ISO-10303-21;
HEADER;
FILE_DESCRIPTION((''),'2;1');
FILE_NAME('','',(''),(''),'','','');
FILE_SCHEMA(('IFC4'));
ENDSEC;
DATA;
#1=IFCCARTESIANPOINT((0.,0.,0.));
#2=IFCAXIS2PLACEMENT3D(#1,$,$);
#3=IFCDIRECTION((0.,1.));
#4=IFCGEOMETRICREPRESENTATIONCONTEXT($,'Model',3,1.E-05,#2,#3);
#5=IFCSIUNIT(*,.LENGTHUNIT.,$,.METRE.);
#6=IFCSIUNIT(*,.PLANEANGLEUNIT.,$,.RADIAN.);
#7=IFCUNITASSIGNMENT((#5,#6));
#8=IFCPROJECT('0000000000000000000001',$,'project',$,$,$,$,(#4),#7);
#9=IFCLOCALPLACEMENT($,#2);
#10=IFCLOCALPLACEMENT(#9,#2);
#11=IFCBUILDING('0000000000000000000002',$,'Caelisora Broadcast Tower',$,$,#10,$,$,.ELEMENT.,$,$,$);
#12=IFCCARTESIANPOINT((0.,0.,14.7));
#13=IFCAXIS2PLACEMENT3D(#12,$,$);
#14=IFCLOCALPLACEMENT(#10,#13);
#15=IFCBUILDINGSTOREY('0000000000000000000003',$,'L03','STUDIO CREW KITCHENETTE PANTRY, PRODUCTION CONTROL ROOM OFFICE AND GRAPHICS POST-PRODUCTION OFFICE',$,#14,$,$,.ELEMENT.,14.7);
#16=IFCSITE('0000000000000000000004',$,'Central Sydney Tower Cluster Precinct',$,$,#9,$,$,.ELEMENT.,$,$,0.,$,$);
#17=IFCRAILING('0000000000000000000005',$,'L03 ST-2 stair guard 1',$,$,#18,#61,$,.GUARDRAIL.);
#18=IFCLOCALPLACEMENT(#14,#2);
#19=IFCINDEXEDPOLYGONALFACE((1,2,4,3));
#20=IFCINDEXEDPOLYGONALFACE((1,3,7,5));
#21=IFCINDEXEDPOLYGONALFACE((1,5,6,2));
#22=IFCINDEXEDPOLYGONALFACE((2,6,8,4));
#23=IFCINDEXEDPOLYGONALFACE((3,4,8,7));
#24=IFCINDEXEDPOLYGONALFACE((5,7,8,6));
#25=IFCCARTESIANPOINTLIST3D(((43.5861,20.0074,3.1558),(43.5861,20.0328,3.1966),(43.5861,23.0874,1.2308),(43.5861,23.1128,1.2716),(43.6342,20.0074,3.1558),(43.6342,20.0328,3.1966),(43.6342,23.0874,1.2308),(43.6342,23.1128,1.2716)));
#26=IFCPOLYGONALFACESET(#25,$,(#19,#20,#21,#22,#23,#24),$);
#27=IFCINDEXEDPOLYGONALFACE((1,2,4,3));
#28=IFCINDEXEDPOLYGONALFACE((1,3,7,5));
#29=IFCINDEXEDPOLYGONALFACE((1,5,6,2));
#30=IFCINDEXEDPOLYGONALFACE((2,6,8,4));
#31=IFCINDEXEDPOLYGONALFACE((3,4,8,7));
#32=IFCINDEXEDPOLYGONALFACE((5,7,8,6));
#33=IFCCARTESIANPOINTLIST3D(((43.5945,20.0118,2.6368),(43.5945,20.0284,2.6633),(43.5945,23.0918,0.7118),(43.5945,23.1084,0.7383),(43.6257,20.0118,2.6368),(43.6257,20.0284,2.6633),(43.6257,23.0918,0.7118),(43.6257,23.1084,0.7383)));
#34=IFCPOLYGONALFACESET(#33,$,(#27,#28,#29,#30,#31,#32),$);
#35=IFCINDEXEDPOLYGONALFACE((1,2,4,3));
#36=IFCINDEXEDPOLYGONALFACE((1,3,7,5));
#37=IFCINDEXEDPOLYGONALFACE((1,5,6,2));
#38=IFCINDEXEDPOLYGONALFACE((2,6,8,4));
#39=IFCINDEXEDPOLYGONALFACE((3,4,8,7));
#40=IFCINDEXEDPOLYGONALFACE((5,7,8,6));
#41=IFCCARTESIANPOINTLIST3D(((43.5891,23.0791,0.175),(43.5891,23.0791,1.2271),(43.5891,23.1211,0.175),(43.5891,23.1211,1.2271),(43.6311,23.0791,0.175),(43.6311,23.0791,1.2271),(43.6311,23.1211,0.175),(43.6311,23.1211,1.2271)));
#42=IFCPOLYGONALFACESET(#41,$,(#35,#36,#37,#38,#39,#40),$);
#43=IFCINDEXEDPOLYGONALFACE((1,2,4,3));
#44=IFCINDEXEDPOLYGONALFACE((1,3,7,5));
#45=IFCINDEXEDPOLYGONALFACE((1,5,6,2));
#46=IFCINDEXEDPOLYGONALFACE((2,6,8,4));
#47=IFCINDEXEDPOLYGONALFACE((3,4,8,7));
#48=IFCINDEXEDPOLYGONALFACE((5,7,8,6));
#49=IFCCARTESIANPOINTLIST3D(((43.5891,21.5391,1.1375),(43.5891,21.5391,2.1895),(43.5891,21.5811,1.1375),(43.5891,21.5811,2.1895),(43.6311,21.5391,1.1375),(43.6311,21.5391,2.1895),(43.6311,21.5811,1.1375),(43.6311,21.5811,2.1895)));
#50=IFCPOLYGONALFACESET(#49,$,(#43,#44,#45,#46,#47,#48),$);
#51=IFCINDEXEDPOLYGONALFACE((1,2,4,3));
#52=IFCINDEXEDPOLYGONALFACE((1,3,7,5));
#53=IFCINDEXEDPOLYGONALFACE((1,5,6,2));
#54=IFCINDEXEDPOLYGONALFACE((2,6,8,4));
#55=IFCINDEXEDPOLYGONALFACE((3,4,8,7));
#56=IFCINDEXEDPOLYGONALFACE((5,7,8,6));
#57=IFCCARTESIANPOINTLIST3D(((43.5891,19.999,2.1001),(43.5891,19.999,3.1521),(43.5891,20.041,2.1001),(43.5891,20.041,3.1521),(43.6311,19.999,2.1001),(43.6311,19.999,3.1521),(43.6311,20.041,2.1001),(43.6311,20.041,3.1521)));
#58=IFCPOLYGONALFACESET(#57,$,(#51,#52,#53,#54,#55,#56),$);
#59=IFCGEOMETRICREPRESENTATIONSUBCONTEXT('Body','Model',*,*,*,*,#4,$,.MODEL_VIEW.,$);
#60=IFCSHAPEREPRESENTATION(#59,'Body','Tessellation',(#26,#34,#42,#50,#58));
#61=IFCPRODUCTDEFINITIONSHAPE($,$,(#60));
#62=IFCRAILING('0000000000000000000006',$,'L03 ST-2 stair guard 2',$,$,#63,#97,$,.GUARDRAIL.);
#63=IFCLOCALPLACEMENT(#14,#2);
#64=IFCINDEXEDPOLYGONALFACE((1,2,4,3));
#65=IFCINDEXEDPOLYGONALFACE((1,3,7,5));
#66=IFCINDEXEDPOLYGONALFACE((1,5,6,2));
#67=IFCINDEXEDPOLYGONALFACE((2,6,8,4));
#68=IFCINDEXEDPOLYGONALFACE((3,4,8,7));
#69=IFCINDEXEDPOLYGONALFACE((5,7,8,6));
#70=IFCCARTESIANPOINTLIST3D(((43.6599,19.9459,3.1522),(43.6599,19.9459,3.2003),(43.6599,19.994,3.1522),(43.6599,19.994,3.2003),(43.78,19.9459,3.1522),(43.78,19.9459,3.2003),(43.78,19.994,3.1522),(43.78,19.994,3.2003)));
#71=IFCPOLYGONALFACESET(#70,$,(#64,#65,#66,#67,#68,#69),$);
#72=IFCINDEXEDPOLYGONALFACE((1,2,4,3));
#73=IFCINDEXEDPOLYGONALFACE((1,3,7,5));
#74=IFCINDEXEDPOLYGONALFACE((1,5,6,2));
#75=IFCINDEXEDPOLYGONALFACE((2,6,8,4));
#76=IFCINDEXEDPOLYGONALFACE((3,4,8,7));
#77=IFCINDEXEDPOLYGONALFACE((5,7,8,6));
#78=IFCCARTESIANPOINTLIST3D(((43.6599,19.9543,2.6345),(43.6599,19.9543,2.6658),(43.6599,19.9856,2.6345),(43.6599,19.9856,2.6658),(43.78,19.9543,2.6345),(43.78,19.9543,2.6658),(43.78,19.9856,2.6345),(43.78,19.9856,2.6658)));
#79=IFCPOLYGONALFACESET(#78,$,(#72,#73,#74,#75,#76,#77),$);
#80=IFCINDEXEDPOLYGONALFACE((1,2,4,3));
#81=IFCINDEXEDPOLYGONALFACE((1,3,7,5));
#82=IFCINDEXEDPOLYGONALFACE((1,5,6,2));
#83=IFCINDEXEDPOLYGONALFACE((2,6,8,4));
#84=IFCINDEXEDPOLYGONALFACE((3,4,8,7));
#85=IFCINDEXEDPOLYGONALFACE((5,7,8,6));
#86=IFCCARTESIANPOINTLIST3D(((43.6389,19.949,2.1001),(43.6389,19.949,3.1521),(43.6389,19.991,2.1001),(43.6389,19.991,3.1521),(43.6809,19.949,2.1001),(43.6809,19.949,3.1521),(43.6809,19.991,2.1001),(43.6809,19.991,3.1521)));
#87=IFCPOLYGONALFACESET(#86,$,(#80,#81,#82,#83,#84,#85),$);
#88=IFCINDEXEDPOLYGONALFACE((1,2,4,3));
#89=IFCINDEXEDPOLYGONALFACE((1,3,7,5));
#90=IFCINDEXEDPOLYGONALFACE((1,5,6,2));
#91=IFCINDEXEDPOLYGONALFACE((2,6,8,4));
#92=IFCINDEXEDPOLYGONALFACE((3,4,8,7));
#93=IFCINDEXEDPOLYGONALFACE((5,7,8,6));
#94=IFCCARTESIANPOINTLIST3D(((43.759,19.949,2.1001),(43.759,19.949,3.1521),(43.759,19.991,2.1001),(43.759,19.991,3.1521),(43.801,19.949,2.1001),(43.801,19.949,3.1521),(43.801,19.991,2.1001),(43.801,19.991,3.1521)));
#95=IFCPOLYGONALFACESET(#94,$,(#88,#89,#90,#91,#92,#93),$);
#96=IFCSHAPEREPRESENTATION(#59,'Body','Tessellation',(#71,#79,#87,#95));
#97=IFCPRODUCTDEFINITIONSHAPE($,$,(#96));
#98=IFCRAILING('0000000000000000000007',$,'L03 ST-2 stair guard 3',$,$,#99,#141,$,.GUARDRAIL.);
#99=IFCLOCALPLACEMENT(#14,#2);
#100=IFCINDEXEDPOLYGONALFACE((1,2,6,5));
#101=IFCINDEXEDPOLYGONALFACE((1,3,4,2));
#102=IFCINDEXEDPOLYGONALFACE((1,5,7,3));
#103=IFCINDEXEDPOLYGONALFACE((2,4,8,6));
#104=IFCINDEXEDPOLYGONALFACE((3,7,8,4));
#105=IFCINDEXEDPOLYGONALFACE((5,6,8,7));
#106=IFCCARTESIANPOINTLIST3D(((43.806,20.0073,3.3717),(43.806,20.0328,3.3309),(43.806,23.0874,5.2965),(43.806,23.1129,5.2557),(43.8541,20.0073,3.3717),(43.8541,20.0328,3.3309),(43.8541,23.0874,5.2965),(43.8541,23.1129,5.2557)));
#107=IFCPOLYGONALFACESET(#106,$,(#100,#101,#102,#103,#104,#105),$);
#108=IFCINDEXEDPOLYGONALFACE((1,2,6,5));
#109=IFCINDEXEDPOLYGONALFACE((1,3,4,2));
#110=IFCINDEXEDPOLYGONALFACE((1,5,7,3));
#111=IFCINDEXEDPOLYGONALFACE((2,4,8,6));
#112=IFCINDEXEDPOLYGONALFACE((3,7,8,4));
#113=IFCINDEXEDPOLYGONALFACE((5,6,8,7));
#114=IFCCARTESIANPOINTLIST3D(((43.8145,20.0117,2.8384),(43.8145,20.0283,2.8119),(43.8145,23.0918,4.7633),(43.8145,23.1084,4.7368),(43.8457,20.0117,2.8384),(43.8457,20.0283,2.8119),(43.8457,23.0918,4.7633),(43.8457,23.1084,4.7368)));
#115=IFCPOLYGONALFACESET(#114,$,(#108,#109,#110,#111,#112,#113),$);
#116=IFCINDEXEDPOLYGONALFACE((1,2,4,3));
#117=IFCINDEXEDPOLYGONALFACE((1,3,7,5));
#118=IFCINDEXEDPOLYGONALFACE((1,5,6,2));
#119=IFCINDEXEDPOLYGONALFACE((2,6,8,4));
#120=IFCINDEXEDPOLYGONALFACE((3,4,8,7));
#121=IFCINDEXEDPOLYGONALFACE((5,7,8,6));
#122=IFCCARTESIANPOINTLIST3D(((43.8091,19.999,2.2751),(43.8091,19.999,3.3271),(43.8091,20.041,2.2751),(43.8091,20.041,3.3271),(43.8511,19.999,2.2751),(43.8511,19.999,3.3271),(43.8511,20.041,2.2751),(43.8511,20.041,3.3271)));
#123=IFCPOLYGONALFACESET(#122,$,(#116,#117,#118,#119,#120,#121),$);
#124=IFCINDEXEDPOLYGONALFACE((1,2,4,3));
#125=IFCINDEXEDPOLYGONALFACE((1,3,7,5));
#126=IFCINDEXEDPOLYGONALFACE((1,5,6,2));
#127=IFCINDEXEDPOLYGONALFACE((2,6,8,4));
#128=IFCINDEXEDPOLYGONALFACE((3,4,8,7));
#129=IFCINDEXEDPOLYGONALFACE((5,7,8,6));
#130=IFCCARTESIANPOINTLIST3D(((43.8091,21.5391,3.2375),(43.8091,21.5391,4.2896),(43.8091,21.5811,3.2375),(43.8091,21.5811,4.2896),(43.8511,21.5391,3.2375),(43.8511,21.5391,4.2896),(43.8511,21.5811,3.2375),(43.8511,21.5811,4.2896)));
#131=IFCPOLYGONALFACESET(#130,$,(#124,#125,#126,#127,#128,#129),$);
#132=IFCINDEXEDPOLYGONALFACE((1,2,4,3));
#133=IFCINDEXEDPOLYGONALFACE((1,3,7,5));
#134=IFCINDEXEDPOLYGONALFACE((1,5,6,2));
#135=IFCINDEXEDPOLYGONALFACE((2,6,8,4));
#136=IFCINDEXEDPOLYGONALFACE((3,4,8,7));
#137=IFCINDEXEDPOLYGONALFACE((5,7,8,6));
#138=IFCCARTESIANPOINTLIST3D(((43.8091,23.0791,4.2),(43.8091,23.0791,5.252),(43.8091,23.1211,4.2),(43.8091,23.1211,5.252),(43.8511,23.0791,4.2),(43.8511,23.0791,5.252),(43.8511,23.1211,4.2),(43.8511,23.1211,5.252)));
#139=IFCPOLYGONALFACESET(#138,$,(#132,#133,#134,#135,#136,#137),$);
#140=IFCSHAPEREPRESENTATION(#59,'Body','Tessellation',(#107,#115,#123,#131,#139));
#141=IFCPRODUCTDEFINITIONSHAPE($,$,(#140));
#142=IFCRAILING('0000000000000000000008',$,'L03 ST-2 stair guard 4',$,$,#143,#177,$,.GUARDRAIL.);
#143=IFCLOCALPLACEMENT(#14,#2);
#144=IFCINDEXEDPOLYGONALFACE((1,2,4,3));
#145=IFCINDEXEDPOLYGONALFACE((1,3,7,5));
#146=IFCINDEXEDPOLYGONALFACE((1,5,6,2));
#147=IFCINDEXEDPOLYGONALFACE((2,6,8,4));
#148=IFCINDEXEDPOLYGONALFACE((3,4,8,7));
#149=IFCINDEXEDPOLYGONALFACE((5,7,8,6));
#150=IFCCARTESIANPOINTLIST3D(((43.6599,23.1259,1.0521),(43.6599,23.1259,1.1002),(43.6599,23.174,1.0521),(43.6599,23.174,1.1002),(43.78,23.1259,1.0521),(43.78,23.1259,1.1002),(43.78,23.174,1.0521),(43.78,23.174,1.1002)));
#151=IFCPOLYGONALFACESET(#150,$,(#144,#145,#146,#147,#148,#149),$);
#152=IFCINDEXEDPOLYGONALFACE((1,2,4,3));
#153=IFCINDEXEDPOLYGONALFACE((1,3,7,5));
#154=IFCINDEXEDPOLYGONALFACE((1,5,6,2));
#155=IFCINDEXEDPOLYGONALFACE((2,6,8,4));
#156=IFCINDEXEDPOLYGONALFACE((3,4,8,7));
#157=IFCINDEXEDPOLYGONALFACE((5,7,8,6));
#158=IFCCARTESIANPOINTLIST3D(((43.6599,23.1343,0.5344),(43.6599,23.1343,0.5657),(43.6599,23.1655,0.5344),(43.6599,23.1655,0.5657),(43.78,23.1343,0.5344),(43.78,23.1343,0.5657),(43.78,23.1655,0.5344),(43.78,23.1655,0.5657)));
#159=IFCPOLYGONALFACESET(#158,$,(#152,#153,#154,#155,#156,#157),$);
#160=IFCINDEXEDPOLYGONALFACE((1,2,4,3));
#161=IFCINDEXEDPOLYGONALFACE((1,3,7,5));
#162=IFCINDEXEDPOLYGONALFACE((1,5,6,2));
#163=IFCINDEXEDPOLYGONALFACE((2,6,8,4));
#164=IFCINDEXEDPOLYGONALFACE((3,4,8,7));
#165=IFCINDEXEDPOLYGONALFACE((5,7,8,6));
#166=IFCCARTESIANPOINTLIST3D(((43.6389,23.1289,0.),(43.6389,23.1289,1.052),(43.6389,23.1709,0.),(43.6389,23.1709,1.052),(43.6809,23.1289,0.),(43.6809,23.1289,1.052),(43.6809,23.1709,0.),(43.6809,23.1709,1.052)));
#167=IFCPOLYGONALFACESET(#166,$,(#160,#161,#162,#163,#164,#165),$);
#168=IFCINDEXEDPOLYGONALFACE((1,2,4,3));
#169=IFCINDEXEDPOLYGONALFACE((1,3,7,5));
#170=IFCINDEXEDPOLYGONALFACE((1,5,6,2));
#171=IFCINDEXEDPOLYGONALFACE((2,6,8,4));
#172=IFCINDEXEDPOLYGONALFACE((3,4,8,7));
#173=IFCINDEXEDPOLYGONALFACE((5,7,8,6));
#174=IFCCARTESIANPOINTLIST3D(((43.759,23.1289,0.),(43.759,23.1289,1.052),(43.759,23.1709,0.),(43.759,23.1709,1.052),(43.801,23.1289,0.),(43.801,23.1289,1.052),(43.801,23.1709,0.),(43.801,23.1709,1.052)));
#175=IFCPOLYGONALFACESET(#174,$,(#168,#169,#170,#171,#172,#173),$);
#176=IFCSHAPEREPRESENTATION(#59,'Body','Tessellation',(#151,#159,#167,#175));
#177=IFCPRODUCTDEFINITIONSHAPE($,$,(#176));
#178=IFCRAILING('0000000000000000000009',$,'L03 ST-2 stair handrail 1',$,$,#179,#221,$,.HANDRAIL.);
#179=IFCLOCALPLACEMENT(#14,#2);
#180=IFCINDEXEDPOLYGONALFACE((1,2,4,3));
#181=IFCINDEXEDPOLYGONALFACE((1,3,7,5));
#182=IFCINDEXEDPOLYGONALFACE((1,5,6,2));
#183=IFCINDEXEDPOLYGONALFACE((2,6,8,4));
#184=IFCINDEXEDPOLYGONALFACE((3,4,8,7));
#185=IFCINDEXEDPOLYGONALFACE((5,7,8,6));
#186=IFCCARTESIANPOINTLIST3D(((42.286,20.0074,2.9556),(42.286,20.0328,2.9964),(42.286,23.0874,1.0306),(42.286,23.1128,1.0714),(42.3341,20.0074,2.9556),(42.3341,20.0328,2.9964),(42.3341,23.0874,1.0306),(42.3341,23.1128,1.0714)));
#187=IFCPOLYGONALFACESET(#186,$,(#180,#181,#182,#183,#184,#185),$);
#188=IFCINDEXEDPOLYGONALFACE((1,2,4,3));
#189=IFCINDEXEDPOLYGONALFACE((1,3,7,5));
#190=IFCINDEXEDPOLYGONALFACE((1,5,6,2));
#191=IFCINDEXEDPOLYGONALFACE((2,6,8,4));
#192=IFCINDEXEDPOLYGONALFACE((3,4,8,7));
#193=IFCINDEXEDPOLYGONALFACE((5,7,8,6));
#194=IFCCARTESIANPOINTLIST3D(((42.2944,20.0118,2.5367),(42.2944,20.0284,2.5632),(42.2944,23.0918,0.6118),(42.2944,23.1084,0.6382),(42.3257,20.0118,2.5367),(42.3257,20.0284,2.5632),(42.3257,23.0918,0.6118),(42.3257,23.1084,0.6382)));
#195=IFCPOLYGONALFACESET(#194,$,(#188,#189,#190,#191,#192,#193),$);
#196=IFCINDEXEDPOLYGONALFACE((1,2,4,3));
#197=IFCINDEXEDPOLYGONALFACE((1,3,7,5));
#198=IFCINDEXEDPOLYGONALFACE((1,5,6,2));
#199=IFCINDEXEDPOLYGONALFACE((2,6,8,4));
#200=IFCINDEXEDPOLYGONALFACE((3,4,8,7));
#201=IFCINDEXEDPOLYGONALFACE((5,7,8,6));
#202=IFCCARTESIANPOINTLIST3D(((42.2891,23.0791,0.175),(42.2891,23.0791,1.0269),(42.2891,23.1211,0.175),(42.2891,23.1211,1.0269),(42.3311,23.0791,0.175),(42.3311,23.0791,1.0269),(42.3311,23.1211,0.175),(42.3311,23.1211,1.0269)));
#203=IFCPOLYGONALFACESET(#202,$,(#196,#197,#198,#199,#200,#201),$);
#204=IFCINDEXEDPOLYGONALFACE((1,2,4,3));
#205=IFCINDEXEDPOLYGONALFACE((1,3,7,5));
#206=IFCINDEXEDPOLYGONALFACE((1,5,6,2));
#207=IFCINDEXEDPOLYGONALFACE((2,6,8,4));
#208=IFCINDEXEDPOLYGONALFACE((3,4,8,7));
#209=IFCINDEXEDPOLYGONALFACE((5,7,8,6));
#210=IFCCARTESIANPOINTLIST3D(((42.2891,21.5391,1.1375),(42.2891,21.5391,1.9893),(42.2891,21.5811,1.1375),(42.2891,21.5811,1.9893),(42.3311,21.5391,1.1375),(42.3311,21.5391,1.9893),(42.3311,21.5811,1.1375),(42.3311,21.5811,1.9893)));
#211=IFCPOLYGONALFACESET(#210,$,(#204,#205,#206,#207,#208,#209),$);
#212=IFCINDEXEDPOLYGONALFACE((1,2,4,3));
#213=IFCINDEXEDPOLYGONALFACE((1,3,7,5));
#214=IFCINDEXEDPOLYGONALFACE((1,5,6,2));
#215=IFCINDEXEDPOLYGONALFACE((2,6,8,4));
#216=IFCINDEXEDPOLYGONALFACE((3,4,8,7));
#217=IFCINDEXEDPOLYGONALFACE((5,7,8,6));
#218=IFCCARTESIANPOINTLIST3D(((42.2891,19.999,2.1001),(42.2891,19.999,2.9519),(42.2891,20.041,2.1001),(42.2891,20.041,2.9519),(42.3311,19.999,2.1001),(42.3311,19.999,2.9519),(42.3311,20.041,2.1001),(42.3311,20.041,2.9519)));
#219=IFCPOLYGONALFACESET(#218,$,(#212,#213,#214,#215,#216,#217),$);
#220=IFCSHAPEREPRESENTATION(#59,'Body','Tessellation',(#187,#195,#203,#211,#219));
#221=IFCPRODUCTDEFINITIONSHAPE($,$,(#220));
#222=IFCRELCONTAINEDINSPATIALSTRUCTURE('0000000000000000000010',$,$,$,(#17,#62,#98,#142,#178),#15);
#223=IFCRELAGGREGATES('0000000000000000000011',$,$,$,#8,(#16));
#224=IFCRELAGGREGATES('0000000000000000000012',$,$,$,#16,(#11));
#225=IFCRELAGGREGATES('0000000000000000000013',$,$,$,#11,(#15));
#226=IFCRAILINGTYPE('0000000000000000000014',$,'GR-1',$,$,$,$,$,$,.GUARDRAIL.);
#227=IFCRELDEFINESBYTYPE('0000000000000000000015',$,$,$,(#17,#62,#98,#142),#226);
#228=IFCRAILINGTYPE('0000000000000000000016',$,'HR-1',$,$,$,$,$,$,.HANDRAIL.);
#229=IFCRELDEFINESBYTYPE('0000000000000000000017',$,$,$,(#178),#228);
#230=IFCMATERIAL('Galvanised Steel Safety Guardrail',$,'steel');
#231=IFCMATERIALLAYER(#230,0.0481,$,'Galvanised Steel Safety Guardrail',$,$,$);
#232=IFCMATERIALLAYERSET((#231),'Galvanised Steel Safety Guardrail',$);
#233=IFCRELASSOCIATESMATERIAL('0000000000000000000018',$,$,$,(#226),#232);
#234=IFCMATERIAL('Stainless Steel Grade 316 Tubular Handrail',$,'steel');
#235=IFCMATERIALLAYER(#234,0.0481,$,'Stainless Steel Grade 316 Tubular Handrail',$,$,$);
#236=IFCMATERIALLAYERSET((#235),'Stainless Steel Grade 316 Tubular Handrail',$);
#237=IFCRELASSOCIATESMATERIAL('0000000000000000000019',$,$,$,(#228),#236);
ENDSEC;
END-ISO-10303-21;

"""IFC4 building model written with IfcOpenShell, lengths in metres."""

from ifc_helpers import new_model, si_unit, direction, frame, origin, origin_2d, place, context, subcontext, project, spatial, rectangle, extrude, material, layer, layer_set, type_object, element, save


model = new_model("IFC4")

# Units and contexts
model_context = context("Model", 3, precision=1e-05, world=origin(), true_north=direction((0.0, 1.0)))
body_context = subcontext(model_context, "Body", "Model", "MODEL_VIEW")
ifc_project = project(units=[si_unit("LENGTHUNIT", "METRE"), si_unit("PLANEANGLEUNIT", "RADIAN")], contexts=[model_context])

# Site, building, storey
site_placement = place(None, origin())
site = spatial("IfcSite", under=ifc_project, at=site_placement, Name="Central Sydney Tower Cluster Precinct", CompositionType="ELEMENT", RefElevation=0.0)
building_placement = place(site_placement, origin())
building = spatial("IfcBuilding", under=site, at=building_placement, Name="Caelisora Broadcast Tower", CompositionType="ELEMENT")
storey_placement = place(building_placement, frame((0.0, 0.0, 14.7)))
storey = spatial("IfcBuildingStorey", under=building, at=storey_placement, Name="L03", Description="STUDIO CREW KITCHENETTE PANTRY, PRODUCTION CONTROL ROOM OFFICE AND GRAPHICS POST-PRODUCTION OFFICE", CompositionType="ELEMENT", Elevation=14.7)

# Railings
ifc_material_1 = material(Name="Galvanised Steel Safety Guardrail", Category="steel")
ifc_layer_1 = layer(ifc_material_1, 0.0481, Name="Galvanised Steel Safety Guardrail")
ifc_layer_set_1 = layer_set([ifc_layer_1], Name="Galvanised Steel Safety Guardrail")
railing_type_1 = type_object("IfcRailingType", Name="GR-1", PredefinedType="GUARDRAIL", material=ifc_layer_set_1)
railing_1_placement = place(storey_placement, frame((43.6101, 23.1001, 0.175)))
element("IfcRailing", 1, at=railing_1_placement, inside=storey, type_object=railing_type_1, Name="L03 ST-2 stair guard 1", PredefinedType="GUARDRAIL", context=body_context, shape_type="SweptSolid", body=[
    extrude(rectangle(XDim=0.0481, YDim=0.0481, at=origin_2d()), frame((0.0, 0.0, 1.0762), z_axis=(0.0, -0.847998, 0.529999), x_axis=(1.0, 0.0, 0.0)), (0.0, 0.0, 1.0), 3.6321),
    extrude(rectangle(XDim=0.0312, YDim=0.0312, at=origin_2d()), frame((0.0, 0.0, 0.55), z_axis=(0.0, -0.847998, 0.529999), x_axis=(1.0, 0.0, 0.0)), (0.0, 0.0, 1.0), 3.6321),
    extrude(rectangle(XDim=0.042, YDim=0.042, at=origin_2d()), origin(), (0.0, 0.0, 1.0), 1.052),
    extrude(rectangle(XDim=0.042, YDim=0.042, at=origin_2d()), frame((0.0, -1.54, 0.9624)), (0.0, 0.0, 1.0), 1.052),
    extrude(rectangle(XDim=0.042, YDim=0.042, at=origin_2d()), frame((0.0, -3.0801, 1.925)), (0.0, 0.0, 1.0), 1.052),
])
railing_2_placement = place(storey_placement, frame((43.6599, 19.97, 2.1001)))
element("IfcRailing", 2, at=railing_2_placement, inside=storey, type_object=railing_type_1, Name="L03 ST-2 stair guard 2", PredefinedType="GUARDRAIL", context=body_context, shape_type="SweptSolid", body=[
    extrude(rectangle(XDim=0.0481, YDim=0.0481, at=origin_2d()), frame((0.0, 0.0, 1.0762), z_axis=(1.0, 0.0, 0.0), x_axis=(0.0, 1.0, 0.0)), (0.0, 0.0, 1.0), 0.1201),
    extrude(rectangle(XDim=0.0312, YDim=0.0312, at=origin_2d()), frame((0.0, 0.0, 0.55), z_axis=(1.0, 0.0, 0.0), x_axis=(0.0, 1.0, 0.0)), (0.0, 0.0, 1.0), 0.1201),
    extrude(rectangle(XDim=0.042, YDim=0.042, at=origin_2d()), origin(), (0.0, 0.0, 1.0), 1.052),
    extrude(rectangle(XDim=0.042, YDim=0.042, at=origin_2d()), frame((0.1201, 0.0, 0.0)), (0.0, 0.0, 1.0), 1.052),
])
railing_3_placement = place(storey_placement, frame((43.8301, 20.02, 2.2751)))
element("IfcRailing", 3, at=railing_3_placement, inside=storey, type_object=railing_type_1, Name="L03 ST-2 stair guard 3", PredefinedType="GUARDRAIL", context=body_context, shape_type="SweptSolid", body=[
    extrude(rectangle(XDim=0.0481, YDim=0.0481, at=origin_2d()), frame((0.0, 0.0, 1.0762), z_axis=(0.0, 0.848029, 0.529951), x_axis=(-1.0, 0.0, 0.0)), (0.0, 0.0, 1.0), 3.6321),
    extrude(rectangle(XDim=0.0312, YDim=0.0312, at=origin_2d()), frame((0.0, 0.0, 0.55), z_axis=(0.0, 0.848029, 0.529951), x_axis=(-1.0, 0.0, 0.0)), (0.0, 0.0, 1.0), 3.6321),
    extrude(rectangle(XDim=0.042, YDim=0.042, at=origin_2d()), origin(), (0.0, 0.0, 1.0), 1.052),
    extrude(rectangle(XDim=0.042, YDim=0.042, at=origin_2d()), frame((0.0, 1.54, 0.9624)), (0.0, 0.0, 1.0), 1.052),
    extrude(rectangle(XDim=0.042, YDim=0.042, at=origin_2d()), frame((0.0, 3.0801, 1.9248)), (0.0, 0.0, 1.0), 1.052),
])
railing_4_placement = place(storey_placement, frame((43.6599, 23.1499, 0.0)))
element("IfcRailing", 4, at=railing_4_placement, inside=storey, type_object=railing_type_1, Name="L03 ST-2 stair guard 4", PredefinedType="GUARDRAIL", context=body_context, shape_type="SweptSolid", body=[
    extrude(rectangle(XDim=0.0481, YDim=0.0481, at=origin_2d()), frame((0.0, 0.0, 1.0762), z_axis=(1.0, 0.0, 0.0), x_axis=(0.0, 1.0, 0.0)), (0.0, 0.0, 1.0), 0.1201),
    extrude(rectangle(XDim=0.0312, YDim=0.0312, at=origin_2d()), frame((0.0, 0.0, 0.55), z_axis=(1.0, 0.0, 0.0), x_axis=(0.0, 1.0, 0.0)), (0.0, 0.0, 1.0), 0.1201),
    extrude(rectangle(XDim=0.042, YDim=0.042, at=origin_2d()), origin(), (0.0, 0.0, 1.0), 1.052),
    extrude(rectangle(XDim=0.042, YDim=0.042, at=origin_2d()), frame((0.1201, 0.0, 0.0)), (0.0, 0.0, 1.0), 1.052),
])
ifc_material_2 = material(Name="Stainless Steel Grade 316 Tubular Handrail", Category="steel")
ifc_layer_2 = layer(ifc_material_2, 0.0481, Name="Stainless Steel Grade 316 Tubular Handrail")
ifc_layer_set_2 = layer_set([ifc_layer_2], Name="Stainless Steel Grade 316 Tubular Handrail")
railing_type_2 = type_object("IfcRailingType", Name="HR-1", PredefinedType="HANDRAIL", material=ifc_layer_set_2)
railing_5_placement = place(storey_placement, frame((42.3101, 23.1001, 0.175)))
element("IfcRailing", 5, at=railing_5_placement, inside=storey, type_object=railing_type_2, Name="L03 ST-2 stair handrail 1", PredefinedType="HANDRAIL", context=body_context, shape_type="SweptSolid", body=[
    extrude(rectangle(XDim=0.0481, YDim=0.0481, at=origin_2d()), frame((0.0, 0.0, 0.876), z_axis=(0.0, -0.847998, 0.529999), x_axis=(1.0, 0.0, 0.0)), (0.0, 0.0, 1.0), 3.6321),
    extrude(rectangle(XDim=0.0312, YDim=0.0312, at=origin_2d()), frame((0.0, 0.0, 0.45), z_axis=(0.0, -0.847998, 0.529999), x_axis=(1.0, 0.0, 0.0)), (0.0, 0.0, 1.0), 3.6321),
    extrude(rectangle(XDim=0.042, YDim=0.042, at=origin_2d()), origin(), (0.0, 0.0, 1.0), 0.8518),
    extrude(rectangle(XDim=0.042, YDim=0.042, at=origin_2d()), frame((0.0, -1.54, 0.9624)), (0.0, 0.0, 1.0), 0.8518),
    extrude(rectangle(XDim=0.042, YDim=0.042, at=origin_2d()), frame((0.0, -3.0801, 1.925)), (0.0, 0.0, 1.0), 0.8518),
])

save(model, "model.ifc")
